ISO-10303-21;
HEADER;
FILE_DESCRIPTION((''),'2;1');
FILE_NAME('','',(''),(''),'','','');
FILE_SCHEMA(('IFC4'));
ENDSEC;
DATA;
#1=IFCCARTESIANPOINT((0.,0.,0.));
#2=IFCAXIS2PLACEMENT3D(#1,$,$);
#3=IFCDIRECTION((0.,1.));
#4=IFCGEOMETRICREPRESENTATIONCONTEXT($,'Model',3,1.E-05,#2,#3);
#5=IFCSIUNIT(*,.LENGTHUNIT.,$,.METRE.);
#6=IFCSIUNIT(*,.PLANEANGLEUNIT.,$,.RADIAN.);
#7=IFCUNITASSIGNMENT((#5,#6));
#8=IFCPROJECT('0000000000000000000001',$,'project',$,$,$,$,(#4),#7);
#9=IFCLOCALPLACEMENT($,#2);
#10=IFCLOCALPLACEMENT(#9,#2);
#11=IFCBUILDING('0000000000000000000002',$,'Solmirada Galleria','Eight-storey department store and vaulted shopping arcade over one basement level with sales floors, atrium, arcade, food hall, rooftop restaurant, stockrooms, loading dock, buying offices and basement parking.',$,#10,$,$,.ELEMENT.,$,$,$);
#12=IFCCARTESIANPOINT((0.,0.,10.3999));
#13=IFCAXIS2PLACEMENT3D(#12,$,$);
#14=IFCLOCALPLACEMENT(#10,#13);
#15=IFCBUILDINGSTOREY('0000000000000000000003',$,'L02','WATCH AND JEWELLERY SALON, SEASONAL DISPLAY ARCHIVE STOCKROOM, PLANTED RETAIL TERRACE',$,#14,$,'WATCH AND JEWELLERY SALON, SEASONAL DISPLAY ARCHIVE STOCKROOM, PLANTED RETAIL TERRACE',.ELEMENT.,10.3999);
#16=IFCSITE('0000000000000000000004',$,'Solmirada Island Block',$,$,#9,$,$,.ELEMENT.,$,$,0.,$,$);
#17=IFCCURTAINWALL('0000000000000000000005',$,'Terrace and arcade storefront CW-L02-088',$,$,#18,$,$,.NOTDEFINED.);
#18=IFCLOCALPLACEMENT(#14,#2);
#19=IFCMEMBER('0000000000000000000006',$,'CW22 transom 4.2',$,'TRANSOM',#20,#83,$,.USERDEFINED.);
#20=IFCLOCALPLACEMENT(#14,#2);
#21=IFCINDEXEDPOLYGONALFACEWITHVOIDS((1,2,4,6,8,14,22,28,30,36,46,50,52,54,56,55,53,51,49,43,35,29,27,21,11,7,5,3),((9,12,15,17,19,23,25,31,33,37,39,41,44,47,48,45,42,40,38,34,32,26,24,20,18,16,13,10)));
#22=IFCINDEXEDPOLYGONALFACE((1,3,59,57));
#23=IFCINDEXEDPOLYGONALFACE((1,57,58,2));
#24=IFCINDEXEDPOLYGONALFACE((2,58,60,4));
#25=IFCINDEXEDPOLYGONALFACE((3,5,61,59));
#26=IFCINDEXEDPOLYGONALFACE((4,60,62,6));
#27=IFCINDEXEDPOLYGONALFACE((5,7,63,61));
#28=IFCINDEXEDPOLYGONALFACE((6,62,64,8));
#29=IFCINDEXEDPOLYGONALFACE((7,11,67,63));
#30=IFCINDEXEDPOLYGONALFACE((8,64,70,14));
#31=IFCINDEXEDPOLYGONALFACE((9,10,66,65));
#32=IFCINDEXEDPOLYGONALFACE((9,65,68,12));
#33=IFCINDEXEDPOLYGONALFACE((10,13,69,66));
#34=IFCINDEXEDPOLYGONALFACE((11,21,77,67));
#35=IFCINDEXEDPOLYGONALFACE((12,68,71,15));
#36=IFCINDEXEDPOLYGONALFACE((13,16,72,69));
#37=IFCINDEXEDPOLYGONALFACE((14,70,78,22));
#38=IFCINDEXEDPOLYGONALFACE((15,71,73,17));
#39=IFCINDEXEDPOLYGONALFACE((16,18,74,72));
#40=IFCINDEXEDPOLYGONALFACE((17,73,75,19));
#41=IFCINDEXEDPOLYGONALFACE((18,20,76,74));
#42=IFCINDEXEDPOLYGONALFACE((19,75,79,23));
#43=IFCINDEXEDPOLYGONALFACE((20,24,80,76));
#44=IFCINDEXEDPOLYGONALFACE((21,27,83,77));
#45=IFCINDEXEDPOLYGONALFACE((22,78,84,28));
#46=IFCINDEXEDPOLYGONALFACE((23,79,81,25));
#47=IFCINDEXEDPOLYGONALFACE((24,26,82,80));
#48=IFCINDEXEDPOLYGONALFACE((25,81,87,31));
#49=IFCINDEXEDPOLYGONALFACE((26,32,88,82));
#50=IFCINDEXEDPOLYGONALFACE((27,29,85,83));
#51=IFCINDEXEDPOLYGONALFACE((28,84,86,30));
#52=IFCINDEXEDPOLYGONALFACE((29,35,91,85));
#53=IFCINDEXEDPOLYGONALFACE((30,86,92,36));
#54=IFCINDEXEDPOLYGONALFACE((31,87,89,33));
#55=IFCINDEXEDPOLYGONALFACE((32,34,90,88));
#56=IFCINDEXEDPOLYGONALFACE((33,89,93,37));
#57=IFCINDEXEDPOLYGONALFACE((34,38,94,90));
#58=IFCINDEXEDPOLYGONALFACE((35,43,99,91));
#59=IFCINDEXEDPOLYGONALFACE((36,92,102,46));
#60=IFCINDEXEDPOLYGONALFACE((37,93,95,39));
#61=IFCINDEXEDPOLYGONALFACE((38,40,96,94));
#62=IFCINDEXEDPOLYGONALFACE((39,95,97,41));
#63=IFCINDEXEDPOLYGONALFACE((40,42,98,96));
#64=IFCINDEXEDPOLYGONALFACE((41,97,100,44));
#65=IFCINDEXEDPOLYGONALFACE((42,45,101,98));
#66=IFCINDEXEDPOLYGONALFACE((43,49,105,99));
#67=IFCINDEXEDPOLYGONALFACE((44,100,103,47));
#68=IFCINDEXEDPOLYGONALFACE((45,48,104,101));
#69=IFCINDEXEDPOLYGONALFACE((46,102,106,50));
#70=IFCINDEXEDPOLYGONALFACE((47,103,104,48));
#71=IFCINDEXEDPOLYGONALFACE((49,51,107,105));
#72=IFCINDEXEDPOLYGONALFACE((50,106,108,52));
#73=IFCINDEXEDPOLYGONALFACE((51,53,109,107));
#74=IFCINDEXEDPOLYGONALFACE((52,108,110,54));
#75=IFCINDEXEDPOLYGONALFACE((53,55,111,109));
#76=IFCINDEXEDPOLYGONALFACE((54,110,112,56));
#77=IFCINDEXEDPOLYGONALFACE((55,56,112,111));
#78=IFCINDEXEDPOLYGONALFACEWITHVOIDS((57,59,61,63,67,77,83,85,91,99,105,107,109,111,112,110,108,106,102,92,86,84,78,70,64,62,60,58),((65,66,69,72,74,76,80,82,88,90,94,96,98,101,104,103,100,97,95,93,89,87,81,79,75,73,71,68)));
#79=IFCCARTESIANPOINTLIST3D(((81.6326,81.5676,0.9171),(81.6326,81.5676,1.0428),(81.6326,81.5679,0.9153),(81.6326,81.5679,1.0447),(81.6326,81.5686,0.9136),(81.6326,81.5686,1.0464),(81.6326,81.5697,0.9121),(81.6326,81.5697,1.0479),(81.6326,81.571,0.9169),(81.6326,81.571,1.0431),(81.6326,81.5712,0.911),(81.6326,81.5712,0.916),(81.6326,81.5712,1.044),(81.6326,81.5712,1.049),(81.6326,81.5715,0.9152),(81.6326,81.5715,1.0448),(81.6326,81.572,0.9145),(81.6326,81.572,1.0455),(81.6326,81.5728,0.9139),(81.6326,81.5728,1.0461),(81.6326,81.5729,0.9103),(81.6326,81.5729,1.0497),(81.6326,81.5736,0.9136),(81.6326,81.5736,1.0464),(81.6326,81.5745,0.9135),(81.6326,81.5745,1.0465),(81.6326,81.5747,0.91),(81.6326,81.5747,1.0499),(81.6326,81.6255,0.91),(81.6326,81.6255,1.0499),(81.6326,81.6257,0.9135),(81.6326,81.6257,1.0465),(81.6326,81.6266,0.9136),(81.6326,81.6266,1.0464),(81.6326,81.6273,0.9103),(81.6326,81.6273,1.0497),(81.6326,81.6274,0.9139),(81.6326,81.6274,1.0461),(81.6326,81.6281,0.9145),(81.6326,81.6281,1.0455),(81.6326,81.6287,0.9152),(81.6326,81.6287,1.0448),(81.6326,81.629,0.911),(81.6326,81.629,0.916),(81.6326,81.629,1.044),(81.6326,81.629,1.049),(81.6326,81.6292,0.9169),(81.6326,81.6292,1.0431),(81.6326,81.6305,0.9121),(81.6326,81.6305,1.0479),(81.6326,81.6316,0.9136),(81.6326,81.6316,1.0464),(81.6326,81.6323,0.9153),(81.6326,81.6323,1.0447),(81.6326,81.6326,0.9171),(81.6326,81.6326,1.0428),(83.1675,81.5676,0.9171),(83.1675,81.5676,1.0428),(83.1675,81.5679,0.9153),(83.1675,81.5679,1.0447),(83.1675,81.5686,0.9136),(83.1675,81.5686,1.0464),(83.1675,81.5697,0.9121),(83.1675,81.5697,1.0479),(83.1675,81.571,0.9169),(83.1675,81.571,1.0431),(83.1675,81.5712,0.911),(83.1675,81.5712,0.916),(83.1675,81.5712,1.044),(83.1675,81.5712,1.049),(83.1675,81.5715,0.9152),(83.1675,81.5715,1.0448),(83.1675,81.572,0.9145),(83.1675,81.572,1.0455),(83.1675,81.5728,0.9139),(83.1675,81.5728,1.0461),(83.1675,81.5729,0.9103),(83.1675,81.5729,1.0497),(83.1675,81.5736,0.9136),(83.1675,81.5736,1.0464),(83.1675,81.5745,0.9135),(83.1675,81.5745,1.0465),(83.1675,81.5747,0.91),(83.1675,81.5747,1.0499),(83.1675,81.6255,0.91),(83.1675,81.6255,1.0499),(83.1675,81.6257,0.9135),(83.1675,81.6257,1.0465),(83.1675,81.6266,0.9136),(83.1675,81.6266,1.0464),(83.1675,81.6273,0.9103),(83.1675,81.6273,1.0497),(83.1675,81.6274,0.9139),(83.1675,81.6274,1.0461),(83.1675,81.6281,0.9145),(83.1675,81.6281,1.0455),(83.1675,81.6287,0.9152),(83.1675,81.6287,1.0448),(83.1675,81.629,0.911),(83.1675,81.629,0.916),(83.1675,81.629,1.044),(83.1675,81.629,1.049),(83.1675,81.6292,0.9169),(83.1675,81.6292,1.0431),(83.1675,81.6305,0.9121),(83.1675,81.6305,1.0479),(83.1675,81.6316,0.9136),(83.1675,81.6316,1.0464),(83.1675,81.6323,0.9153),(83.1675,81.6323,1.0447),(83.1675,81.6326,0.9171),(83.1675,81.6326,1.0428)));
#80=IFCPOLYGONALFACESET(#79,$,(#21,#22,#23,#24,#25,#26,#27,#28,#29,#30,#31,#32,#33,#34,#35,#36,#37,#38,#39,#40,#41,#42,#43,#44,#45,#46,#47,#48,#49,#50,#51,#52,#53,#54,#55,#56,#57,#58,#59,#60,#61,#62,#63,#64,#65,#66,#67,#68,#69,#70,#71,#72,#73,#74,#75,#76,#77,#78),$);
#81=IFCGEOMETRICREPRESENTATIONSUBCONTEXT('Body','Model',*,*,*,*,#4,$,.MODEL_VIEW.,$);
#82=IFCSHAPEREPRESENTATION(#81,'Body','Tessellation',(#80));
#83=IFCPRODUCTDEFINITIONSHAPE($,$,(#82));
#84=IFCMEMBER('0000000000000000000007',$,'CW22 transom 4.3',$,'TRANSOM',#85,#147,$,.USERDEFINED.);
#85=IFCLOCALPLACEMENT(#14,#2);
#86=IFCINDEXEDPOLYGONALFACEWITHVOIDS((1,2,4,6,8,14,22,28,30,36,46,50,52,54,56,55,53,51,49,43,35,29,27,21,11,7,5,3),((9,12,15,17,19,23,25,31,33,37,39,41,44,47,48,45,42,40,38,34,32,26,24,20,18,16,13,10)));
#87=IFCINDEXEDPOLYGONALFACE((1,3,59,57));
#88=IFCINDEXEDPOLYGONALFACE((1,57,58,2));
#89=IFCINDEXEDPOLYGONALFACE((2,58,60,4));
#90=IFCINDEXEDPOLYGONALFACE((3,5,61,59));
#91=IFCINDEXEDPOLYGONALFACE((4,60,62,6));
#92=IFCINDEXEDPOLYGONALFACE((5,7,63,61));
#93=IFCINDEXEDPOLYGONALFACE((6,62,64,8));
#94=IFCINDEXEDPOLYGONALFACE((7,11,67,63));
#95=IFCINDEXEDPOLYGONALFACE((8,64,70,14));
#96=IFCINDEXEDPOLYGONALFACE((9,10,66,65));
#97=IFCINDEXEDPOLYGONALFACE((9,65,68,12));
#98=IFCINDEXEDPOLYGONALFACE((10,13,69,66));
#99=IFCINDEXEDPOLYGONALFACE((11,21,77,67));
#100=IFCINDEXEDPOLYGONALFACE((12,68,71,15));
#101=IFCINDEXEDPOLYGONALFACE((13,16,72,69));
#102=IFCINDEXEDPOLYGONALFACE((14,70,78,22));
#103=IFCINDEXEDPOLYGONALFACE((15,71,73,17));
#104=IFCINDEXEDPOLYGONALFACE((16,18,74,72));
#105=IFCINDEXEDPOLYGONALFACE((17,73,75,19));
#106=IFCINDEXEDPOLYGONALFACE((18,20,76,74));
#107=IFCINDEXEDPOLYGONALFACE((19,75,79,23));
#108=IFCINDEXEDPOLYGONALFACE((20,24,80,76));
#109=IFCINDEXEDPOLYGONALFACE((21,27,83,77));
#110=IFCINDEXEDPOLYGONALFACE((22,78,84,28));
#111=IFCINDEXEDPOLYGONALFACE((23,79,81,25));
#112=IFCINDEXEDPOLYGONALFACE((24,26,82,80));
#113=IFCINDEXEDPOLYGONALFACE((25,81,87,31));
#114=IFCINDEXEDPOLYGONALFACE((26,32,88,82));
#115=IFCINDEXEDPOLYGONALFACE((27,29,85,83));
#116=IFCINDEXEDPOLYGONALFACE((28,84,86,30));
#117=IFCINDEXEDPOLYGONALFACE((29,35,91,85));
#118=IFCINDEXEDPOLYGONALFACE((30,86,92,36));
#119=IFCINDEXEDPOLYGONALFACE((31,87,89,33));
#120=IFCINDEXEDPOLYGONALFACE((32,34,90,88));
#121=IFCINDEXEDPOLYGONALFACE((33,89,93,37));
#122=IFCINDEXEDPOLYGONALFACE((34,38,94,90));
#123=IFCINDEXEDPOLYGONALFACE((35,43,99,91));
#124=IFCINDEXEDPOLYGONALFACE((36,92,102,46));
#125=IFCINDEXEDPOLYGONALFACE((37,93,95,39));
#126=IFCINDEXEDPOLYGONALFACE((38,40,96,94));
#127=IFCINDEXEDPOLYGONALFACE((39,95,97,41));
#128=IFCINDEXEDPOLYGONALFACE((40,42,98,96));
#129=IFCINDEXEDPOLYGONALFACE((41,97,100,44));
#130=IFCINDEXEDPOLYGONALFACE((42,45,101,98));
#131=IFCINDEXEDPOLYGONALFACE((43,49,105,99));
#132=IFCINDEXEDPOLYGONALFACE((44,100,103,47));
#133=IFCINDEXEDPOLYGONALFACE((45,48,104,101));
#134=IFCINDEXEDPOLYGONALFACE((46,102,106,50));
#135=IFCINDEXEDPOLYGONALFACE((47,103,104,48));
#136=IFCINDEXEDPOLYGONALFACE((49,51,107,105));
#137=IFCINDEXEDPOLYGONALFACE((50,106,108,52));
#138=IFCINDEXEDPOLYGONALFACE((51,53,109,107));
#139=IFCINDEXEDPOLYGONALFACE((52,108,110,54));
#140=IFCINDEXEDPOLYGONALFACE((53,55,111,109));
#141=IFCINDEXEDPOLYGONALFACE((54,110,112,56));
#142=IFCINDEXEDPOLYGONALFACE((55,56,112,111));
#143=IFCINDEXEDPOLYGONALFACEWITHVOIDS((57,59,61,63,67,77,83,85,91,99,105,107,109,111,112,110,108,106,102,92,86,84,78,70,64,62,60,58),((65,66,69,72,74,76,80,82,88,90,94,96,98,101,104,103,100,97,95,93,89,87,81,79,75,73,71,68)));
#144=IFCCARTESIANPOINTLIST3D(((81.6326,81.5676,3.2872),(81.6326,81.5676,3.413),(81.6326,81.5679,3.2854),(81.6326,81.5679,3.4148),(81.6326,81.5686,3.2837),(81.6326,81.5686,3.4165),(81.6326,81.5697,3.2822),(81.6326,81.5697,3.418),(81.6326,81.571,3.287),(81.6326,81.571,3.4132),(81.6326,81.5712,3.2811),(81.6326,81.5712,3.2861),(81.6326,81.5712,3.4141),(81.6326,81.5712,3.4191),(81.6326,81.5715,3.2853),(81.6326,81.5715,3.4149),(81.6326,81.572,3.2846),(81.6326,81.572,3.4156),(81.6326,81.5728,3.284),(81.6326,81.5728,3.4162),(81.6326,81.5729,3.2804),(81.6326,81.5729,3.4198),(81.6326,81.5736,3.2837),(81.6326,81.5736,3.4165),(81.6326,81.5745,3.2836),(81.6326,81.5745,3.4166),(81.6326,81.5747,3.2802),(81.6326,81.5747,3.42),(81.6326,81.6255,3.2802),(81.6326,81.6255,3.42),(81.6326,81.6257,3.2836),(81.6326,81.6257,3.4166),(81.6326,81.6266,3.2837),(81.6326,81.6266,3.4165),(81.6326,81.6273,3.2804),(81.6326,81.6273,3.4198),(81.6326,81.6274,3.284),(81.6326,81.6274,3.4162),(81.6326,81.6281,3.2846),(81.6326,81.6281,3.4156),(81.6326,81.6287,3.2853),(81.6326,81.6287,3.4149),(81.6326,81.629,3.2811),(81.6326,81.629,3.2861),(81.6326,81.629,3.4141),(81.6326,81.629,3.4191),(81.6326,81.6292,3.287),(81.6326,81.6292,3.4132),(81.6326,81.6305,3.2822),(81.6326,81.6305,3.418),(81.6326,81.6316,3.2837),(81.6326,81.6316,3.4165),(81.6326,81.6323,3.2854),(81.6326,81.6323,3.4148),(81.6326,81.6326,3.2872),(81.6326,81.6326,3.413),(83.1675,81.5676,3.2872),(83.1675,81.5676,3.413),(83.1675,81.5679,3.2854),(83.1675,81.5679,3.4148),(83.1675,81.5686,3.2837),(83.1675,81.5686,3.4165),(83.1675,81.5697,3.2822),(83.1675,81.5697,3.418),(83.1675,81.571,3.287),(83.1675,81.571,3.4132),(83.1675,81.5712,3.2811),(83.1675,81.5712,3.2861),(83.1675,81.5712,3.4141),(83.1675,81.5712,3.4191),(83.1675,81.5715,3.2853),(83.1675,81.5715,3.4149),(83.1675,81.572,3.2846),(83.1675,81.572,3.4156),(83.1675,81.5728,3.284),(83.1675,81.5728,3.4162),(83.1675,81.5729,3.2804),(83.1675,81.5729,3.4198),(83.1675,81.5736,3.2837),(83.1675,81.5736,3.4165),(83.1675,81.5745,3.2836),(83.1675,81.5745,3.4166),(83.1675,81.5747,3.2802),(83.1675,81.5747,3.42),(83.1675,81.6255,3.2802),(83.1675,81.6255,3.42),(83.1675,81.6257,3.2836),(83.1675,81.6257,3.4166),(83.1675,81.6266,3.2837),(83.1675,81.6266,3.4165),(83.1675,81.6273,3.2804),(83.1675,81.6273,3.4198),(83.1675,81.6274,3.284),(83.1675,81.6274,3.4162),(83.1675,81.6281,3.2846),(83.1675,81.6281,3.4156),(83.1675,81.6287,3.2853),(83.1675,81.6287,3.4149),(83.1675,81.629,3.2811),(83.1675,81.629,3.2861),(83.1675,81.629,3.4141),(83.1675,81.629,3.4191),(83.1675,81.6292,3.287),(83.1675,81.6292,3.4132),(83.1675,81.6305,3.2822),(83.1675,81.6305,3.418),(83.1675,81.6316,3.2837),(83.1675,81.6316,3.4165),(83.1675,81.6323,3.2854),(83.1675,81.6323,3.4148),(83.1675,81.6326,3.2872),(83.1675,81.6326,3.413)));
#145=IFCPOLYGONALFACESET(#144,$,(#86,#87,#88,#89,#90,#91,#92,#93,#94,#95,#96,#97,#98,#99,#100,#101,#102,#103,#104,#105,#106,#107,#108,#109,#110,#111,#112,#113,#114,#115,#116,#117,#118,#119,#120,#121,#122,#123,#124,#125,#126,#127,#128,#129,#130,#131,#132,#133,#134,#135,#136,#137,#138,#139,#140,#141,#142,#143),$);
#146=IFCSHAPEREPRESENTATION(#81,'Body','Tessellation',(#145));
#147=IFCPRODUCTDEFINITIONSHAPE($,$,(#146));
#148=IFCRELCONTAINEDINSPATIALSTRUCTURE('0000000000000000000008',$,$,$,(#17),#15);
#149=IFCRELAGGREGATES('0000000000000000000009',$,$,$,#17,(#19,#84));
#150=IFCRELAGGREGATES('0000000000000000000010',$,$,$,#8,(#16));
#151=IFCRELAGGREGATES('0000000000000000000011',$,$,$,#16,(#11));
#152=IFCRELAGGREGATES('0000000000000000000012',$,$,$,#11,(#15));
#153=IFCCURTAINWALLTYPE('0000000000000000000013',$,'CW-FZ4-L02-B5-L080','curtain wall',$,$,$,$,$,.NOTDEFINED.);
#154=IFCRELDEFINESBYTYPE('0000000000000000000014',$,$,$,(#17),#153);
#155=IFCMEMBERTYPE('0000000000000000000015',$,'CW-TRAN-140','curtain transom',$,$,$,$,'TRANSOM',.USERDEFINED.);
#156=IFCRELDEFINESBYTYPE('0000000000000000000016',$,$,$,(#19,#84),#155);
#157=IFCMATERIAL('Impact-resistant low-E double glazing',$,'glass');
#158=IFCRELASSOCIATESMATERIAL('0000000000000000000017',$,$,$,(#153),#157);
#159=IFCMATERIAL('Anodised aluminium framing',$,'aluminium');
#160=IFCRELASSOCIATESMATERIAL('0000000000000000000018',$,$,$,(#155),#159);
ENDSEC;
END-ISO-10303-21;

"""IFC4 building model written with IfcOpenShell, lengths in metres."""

from ifc_helpers import new_model, si_unit, direction, frame, origin, origin_2d, place, context, subcontext, project, spatial, hollow_rectangle, extrude, material, material_profile, profile_set, type_object, element, aggregate, save


model = new_model("IFC4")

# Units and contexts
model_context = context("Model", 3, precision=1e-05, world=origin(), true_north=direction((0.0, 1.0)))
body_context = subcontext(model_context, "Body", "Model", "MODEL_VIEW")
ifc_project = project(units=[si_unit("LENGTHUNIT", "METRE"), si_unit("PLANEANGLEUNIT", "RADIAN")], contexts=[model_context])

# Site, building, storey
site_placement = place(None, origin())
site = spatial("IfcSite", under=ifc_project, at=site_placement, Name="Solmirada Island Block", CompositionType="ELEMENT", RefElevation=0.0)
building_placement = place(site_placement, origin())
building = spatial("IfcBuilding", under=site, at=building_placement, Name="Solmirada Galleria", Description="Eight-storey department store and vaulted shopping arcade over one basement level with sales floors, atrium, arcade, food hall, rooftop restaurant, stockrooms, loading dock, buying offices and basement parking.", CompositionType="ELEMENT")
storey_placement = place(building_placement, frame((0.0, 0.0, 10.3999)))
storey = spatial("IfcBuildingStorey", under=building, at=storey_placement, Name="L02", Description="WATCH AND JEWELLERY SALON, SEASONAL DISPLAY ARCHIVE STOCKROOM, PLANTED RETAIL TERRACE", LongName="WATCH AND JEWELLERY SALON, SEASONAL DISPLAY ARCHIVE STOCKROOM, PLANTED RETAIL TERRACE", CompositionType="ELEMENT", Elevation=10.3999)

# Curtain wall, members
ifc_material_1 = material(Name="Impact-resistant low-E double glazing", Category="glass")
curtain_wall_type = type_object("IfcCurtainWallType", Name="CW-FZ4-L02-B5-L080", Description="curtain wall", PredefinedType="NOTDEFINED", material=ifc_material_1)
curtain_wall_placement = place(storey_placement, origin())
curtain_wall = element("IfcCurtainWall", 1, at=curtain_wall_placement, inside=storey, type_object=curtain_wall_type, Name="Terrace and arcade storefront CW-L02-088", PredefinedType="NOTDEFINED")
ifc_material_2 = material(Name="Anodised aluminium framing", Category="aluminium")
ifc_material_profile_1 = material_profile(ifc_material_2, hollow_rectangle(XDim=0.0649, YDim=0.1399, WallThickness=0.0034, InnerFilletRadius=0.0034, OuterFilletRadius=0.0071, at=origin_2d()), Name="ALU-TRAN-140X65")
ifc_profile_set_1 = profile_set([ifc_material_profile_1], Name="Anodised aluminium framing")
member_type_1 = type_object("IfcMemberType", Name="CW-TRAN-140", Description="curtain transom", ElementType="TRANSOM", PredefinedType="USERDEFINED", material=ifc_profile_set_1)
member_1_placement = place(storey_placement, frame((83.1675, 81.6001, 0.98), z_axis=(-1.0, 0.0, 0.0), x_axis=(0.0, -1.0, 0.0)))
member_1 = element("IfcMember", 2, at=member_1_placement, type_object=member_type_1, Name="CW22 transom 4.2", ObjectType="TRANSOM", PredefinedType="USERDEFINED", context=body_context, shape_type="SweptSolid", body=[
    extrude(hollow_rectangle(XDim=0.0649, YDim=0.1399, WallThickness=0.0034, InnerFilletRadius=0.0034, OuterFilletRadius=0.0071, at=origin_2d()), origin(), (0.0, 0.0, 1.0), 1.5349),
])
member_2_placement = place(storey_placement, frame((83.1675, 81.6001, 3.3501), z_axis=(-1.0, 0.0, 0.0), x_axis=(0.0, -1.0, 0.0)))
member_2 = element("IfcMember", 3, at=member_2_placement, type_object=member_type_1, Name="CW22 transom 4.3", ObjectType="TRANSOM", PredefinedType="USERDEFINED", context=body_context, shape_type="SweptSolid", body=[
    extrude(hollow_rectangle(XDim=0.0649, YDim=0.1399, WallThickness=0.0034, InnerFilletRadius=0.0034, OuterFilletRadius=0.0071, at=origin_2d()), origin(), (0.0, 0.0, 1.0), 1.5349),
])
aggregate(curtain_wall, [member_1, member_2])

save(model, "model.ifc")
